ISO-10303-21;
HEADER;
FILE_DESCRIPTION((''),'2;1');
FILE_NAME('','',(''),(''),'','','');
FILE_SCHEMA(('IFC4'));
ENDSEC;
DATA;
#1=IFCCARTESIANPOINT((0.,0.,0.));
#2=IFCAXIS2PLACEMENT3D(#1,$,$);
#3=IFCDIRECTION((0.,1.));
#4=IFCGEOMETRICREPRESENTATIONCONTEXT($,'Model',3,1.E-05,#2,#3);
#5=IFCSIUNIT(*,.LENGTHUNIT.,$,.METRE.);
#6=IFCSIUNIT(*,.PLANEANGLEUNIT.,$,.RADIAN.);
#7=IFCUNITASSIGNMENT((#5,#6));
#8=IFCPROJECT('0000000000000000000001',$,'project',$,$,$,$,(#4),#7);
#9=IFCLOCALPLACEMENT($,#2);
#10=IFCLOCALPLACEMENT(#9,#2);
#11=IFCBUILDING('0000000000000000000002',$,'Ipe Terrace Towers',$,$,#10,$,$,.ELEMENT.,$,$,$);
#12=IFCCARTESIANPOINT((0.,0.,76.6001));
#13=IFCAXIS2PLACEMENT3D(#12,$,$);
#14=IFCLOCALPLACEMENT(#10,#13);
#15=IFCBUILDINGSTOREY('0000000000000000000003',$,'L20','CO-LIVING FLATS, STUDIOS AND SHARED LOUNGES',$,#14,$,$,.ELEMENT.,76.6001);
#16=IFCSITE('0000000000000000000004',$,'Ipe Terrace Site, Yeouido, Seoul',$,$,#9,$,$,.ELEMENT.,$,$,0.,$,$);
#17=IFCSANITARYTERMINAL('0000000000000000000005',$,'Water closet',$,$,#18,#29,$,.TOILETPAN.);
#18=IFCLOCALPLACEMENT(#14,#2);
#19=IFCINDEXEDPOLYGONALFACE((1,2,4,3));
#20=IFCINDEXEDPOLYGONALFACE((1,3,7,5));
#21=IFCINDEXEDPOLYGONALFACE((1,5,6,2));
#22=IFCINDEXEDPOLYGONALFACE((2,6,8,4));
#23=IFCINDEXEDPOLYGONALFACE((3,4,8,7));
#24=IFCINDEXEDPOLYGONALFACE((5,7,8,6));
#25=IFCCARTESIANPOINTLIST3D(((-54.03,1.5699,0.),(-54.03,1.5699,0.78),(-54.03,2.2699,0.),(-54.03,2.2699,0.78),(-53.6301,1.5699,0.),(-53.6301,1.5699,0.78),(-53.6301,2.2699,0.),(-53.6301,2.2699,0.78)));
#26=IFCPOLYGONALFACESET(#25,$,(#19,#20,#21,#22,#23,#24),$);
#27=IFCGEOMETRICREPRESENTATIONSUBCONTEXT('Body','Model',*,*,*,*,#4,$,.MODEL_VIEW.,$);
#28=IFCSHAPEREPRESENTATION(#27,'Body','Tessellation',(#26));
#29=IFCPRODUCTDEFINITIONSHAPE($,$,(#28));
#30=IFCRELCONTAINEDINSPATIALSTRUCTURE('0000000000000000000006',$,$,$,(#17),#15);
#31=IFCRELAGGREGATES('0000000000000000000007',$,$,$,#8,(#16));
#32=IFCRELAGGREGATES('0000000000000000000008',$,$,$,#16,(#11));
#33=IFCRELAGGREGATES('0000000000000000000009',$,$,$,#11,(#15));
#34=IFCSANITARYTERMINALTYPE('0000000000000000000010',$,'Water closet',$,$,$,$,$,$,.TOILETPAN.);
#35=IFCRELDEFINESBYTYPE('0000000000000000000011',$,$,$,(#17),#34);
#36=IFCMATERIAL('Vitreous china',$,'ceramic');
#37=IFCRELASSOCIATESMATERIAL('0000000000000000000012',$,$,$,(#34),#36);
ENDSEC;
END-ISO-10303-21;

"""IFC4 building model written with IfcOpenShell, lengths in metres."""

from ifc_helpers import new_model, si_unit, direction, frame, origin, origin_2d, place, context, subcontext, project, spatial, rectangle, extrude, material, type_object, element, save


model = new_model("IFC4")

# Units and contexts
model_context = context("Model", 3, precision=1e-05, world=origin(), true_north=direction((0.0, 1.0)))
body_context = subcontext(model_context, "Body", "Model", "MODEL_VIEW")
ifc_project = project(units=[si_unit("LENGTHUNIT", "METRE"), si_unit("PLANEANGLEUNIT", "RADIAN")], contexts=[model_context])

# Site, building, storey
site_placement = place(None, origin())
site = spatial("IfcSite", under=ifc_project, at=site_placement, Name="Ipe Terrace Site, Yeouido, Seoul", CompositionType="ELEMENT", RefElevation=0.0)
building_placement = place(site_placement, origin())
building = spatial("IfcBuilding", under=site, at=building_placement, Name="Ipe Terrace Towers", CompositionType="ELEMENT")
storey_placement = place(building_placement, frame((0.0, 0.0, 76.6001)))
storey = spatial("IfcBuildingStorey", under=building, at=storey_placement, Name="L20", Description="CO-LIVING FLATS, STUDIOS AND SHARED LOUNGES", CompositionType="ELEMENT", Elevation=76.6001)

# Sanitary terminal
ifc_material_1 = material(Name="Vitreous china", Category="ceramic")
sanitary_terminal_type_1 = type_object("IfcSanitaryTerminalType", Name="Water closet", PredefinedType="TOILETPAN", material=ifc_material_1)
sanitary_terminal_1_placement = place(storey_placement, frame((-53.8301, 1.9199, 0.0), z_axis=(0.0, 0.0, 1.0), x_axis=(0.0, 1.0, 0.0)))
element("IfcSanitaryTerminal", 1, at=sanitary_terminal_1_placement, inside=storey, type_object=sanitary_terminal_type_1, Name="Water closet", PredefinedType="TOILETPAN", context=body_context, shape_type="SweptSolid", body=[
    extrude(rectangle(XDim=0.7, YDim=0.3999, at=origin_2d()), origin(), (0.0, 0.0, 1.0), 0.78),
])

save(model, "model.ifc")
